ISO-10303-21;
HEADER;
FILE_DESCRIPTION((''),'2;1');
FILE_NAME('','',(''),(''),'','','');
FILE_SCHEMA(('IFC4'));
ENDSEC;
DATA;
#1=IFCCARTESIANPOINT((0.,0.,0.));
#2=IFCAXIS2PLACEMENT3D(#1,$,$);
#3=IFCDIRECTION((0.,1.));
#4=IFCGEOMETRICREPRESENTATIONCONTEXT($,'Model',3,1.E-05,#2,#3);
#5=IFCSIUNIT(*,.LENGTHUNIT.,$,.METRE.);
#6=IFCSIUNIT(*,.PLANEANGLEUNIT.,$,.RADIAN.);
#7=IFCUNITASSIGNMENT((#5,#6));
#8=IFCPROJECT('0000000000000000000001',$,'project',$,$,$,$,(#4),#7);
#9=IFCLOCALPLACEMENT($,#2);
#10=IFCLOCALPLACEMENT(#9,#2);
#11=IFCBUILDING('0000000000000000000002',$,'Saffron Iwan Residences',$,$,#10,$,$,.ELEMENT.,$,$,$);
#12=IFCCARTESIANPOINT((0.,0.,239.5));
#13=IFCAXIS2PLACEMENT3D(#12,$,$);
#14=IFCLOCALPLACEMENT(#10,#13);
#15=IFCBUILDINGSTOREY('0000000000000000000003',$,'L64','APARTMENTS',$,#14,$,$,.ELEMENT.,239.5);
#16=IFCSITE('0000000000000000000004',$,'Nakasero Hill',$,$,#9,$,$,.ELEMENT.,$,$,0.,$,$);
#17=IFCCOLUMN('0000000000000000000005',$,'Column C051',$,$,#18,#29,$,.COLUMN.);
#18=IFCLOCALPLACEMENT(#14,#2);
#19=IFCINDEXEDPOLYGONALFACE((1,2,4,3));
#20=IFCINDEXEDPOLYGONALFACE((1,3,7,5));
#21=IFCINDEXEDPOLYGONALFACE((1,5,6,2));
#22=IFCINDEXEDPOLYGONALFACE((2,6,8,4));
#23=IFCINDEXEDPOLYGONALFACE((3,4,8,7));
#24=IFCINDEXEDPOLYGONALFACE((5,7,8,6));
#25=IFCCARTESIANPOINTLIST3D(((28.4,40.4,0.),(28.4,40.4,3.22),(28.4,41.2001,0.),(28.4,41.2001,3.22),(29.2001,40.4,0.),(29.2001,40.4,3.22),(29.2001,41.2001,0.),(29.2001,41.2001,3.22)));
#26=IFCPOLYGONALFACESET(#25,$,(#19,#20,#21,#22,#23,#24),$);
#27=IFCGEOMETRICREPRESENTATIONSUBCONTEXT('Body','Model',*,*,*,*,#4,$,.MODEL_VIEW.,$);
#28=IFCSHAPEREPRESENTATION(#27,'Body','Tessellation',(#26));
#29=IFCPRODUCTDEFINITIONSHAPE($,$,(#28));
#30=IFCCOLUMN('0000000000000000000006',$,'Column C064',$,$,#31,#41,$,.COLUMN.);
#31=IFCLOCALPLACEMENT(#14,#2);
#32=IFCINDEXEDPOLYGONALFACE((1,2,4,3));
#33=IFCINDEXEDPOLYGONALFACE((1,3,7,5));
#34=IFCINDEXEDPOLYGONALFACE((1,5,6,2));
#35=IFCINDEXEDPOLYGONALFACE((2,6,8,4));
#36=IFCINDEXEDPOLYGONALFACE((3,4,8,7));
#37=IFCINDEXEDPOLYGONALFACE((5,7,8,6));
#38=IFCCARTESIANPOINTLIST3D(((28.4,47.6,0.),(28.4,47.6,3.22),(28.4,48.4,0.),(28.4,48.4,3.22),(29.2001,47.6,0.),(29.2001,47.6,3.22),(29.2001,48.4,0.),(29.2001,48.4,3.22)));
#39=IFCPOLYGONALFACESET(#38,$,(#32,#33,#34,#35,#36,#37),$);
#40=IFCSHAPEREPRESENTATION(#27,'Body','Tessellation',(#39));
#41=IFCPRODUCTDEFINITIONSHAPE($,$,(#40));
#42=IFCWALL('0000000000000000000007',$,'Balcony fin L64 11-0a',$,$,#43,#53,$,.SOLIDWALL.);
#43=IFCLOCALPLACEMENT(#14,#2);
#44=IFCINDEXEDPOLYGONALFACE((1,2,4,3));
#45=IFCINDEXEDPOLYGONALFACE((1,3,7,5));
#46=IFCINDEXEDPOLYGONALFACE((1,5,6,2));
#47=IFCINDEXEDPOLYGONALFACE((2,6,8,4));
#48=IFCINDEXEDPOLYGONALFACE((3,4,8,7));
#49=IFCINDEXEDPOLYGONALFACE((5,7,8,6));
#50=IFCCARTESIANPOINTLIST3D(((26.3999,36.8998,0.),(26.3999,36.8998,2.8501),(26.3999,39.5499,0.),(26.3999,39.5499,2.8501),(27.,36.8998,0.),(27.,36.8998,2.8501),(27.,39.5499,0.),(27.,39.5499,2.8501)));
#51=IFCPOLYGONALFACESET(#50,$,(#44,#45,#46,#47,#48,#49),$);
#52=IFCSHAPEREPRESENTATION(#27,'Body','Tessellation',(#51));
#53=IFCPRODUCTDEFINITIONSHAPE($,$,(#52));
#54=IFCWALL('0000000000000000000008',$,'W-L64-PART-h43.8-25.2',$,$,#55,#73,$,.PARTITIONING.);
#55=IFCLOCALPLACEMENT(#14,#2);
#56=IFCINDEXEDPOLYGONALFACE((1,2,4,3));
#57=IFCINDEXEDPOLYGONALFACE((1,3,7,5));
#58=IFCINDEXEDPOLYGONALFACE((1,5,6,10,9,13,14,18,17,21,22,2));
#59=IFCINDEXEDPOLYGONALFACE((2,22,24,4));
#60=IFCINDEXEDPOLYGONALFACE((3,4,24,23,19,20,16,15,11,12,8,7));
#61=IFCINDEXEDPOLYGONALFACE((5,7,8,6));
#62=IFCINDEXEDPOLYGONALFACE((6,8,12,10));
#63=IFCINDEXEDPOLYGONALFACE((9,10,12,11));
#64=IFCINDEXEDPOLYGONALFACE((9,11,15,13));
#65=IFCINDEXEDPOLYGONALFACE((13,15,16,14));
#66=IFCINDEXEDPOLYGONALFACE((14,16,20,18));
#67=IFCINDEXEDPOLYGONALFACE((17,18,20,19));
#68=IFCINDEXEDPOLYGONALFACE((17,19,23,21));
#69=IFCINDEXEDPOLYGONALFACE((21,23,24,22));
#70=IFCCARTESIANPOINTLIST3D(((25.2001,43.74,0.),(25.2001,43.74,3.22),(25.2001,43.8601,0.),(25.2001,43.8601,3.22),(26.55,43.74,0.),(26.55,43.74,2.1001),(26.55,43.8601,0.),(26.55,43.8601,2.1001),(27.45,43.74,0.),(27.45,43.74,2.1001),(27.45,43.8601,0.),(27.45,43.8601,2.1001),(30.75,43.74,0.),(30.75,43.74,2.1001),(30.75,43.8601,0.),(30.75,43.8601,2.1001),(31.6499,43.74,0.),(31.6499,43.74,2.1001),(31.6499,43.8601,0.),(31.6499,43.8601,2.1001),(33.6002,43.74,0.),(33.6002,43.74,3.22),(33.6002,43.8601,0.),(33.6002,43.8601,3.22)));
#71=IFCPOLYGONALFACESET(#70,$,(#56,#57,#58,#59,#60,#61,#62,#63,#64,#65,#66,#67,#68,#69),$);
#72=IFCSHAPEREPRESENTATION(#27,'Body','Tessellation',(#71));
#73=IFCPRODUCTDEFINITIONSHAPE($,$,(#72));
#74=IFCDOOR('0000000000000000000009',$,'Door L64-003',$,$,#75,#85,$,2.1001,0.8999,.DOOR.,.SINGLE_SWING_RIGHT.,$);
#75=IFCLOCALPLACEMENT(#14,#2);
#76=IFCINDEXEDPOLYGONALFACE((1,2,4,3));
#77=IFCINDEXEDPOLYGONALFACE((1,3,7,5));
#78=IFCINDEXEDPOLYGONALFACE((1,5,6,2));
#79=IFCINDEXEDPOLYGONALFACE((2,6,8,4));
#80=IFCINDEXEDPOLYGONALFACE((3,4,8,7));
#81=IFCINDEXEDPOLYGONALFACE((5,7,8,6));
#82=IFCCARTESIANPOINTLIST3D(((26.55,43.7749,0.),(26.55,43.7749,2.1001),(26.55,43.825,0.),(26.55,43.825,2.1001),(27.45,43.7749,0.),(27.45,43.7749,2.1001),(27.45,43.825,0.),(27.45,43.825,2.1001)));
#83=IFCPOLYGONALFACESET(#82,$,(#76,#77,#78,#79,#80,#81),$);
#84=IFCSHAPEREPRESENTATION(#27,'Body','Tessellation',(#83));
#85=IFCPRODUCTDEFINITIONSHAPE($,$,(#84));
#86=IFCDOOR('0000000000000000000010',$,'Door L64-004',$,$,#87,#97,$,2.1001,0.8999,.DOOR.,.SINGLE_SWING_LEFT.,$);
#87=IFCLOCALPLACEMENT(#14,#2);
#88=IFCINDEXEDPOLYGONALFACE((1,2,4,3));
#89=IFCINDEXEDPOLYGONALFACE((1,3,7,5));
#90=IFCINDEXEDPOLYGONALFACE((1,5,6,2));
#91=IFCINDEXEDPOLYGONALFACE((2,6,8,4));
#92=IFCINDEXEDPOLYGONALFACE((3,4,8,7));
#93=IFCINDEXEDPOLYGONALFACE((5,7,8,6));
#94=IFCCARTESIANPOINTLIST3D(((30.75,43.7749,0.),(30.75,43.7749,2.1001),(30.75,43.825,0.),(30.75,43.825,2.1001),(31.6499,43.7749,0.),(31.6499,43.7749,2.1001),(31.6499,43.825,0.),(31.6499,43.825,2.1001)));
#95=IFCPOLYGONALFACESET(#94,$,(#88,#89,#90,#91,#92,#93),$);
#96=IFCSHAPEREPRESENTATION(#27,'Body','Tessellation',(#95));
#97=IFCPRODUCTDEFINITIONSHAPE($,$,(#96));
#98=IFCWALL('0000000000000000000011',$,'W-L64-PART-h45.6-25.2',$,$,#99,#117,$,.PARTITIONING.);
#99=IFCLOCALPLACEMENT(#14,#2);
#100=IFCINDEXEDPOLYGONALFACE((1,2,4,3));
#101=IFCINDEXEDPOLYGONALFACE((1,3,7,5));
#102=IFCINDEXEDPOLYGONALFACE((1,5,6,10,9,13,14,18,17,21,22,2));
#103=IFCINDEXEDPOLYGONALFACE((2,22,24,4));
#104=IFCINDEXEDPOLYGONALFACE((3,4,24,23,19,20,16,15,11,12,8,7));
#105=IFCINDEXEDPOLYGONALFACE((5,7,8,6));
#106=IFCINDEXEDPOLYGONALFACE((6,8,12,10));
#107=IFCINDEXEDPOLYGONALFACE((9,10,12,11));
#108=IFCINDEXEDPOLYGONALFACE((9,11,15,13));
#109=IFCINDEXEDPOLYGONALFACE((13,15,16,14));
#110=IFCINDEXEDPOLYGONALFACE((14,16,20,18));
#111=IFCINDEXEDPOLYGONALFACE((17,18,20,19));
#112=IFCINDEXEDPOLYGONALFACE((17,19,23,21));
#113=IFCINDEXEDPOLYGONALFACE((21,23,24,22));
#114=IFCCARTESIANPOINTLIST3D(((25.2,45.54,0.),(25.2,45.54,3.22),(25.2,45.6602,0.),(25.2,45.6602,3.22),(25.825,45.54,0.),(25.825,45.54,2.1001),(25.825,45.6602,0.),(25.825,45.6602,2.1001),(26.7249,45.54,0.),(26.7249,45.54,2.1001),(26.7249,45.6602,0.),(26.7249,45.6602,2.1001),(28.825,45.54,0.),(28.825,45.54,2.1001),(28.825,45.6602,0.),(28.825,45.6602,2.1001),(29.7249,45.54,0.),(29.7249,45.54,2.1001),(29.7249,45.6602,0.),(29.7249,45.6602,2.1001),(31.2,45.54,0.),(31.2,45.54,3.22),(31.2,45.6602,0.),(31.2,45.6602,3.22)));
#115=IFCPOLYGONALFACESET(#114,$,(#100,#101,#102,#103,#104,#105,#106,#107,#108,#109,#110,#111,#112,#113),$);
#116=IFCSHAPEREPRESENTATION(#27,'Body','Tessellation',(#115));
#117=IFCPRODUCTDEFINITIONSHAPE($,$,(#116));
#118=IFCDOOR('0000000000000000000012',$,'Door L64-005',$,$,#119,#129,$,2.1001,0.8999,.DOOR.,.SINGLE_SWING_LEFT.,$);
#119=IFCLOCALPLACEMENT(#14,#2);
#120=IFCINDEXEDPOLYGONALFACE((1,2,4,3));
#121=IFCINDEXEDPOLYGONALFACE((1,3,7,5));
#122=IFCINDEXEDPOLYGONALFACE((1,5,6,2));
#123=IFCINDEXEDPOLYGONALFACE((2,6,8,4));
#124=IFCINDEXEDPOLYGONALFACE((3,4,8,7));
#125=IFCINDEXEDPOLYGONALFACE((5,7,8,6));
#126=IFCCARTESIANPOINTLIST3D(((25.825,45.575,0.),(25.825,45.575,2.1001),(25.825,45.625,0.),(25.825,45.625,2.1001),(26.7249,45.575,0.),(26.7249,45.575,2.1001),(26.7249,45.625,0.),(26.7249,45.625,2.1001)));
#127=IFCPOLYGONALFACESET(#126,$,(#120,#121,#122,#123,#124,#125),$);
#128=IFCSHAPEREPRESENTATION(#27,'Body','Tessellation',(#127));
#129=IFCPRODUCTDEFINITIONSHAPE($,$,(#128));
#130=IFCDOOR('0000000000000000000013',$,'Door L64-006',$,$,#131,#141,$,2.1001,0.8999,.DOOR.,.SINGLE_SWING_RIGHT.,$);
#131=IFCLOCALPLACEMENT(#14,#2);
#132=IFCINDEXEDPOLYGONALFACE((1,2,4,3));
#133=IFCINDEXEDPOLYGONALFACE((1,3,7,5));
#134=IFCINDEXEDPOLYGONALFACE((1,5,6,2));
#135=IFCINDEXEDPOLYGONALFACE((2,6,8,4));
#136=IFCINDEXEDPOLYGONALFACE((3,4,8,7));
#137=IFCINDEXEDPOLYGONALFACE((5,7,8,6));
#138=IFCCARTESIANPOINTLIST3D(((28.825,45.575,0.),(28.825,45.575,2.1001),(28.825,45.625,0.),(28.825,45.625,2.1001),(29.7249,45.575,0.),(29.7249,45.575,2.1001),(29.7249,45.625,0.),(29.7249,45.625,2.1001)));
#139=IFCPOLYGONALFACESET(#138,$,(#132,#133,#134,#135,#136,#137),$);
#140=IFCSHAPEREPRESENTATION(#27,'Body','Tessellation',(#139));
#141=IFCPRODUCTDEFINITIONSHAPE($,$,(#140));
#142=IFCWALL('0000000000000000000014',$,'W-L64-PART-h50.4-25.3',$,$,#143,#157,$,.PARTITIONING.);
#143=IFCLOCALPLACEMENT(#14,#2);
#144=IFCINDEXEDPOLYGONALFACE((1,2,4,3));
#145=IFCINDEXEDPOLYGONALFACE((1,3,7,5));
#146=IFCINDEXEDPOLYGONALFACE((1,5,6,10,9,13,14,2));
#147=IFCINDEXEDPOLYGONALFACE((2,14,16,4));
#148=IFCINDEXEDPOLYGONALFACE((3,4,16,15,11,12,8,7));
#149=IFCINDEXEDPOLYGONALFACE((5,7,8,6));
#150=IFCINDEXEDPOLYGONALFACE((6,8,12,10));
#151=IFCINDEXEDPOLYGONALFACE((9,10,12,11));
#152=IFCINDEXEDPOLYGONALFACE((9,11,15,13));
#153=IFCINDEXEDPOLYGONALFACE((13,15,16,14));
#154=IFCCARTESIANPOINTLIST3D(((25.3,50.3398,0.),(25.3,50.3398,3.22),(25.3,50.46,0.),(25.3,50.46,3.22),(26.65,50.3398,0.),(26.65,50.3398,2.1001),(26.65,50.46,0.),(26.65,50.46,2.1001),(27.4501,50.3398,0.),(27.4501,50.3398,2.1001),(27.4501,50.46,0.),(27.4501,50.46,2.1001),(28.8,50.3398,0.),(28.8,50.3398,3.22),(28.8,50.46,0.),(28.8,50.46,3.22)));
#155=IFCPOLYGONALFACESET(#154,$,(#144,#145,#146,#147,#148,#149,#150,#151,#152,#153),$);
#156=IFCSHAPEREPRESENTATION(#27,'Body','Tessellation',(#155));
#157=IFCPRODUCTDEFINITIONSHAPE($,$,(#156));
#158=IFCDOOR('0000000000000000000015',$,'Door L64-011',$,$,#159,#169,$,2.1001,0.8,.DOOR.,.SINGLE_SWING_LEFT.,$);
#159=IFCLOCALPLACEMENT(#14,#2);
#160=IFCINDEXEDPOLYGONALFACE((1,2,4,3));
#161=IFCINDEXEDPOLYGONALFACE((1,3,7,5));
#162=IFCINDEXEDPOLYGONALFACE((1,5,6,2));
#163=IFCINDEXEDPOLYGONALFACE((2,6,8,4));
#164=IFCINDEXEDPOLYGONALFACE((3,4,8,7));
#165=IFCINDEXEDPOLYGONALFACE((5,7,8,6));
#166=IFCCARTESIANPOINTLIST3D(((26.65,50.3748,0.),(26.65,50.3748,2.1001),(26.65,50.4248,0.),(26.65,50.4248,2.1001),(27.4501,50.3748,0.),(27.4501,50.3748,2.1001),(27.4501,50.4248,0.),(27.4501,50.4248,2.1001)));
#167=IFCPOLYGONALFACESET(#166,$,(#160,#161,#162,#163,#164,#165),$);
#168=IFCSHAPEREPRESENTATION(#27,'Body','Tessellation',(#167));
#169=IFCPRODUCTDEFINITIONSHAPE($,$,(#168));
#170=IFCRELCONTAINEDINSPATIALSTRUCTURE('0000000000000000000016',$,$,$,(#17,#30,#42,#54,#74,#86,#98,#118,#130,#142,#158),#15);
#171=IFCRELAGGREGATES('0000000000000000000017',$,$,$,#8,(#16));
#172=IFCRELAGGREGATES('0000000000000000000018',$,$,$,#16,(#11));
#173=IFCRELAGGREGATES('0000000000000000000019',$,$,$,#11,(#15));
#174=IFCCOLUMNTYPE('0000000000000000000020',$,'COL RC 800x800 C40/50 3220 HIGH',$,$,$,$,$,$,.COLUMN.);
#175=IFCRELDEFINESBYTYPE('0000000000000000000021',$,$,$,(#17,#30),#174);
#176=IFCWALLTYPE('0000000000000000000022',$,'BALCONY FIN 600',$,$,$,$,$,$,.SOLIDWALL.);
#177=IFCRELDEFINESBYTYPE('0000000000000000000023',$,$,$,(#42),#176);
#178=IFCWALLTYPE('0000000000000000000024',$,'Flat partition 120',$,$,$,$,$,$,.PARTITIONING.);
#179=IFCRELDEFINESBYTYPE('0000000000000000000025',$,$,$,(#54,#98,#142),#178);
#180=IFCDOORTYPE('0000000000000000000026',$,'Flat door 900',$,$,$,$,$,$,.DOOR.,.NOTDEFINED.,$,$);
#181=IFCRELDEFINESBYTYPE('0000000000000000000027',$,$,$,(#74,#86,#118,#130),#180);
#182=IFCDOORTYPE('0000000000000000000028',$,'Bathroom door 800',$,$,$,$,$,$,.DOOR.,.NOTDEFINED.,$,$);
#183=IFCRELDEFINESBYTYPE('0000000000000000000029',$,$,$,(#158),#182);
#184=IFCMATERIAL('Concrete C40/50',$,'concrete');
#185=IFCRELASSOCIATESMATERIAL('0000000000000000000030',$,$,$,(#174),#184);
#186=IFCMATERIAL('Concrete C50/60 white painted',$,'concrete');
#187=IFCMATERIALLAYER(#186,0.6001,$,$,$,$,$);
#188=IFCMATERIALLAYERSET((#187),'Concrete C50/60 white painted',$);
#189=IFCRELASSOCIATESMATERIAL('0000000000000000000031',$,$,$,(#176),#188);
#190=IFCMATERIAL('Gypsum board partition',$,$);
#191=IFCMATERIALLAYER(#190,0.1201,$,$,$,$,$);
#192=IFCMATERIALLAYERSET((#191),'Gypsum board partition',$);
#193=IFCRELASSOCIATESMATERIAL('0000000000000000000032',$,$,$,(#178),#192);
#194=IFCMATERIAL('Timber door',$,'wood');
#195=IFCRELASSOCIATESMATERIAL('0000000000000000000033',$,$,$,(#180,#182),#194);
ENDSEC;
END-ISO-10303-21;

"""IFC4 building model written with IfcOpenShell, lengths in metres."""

from ifc_helpers import new_model, si_unit, direction, frame, frame_2d, origin, origin_2d, place, context, subcontext, project, spatial, rectangle, extrude, source, transform, mapped, material, layer, layer_set, material_profile, profile_set, type_object, element, fill, save


model = new_model("IFC4")

# Units and contexts
model_context = context("Model", 3, precision=1e-05, world=origin(), true_north=direction((0.0, 1.0)))
body_context = subcontext(model_context, "Body", "Model", "MODEL_VIEW")
ifc_project = project(units=[si_unit("LENGTHUNIT", "METRE"), si_unit("PLANEANGLEUNIT", "RADIAN")], contexts=[model_context])

# Site, building, storey
site_placement = place(None, origin())
site = spatial("IfcSite", under=ifc_project, at=site_placement, Name="Nakasero Hill", CompositionType="ELEMENT", RefElevation=0.0)
building_placement = place(site_placement, origin())
building = spatial("IfcBuilding", under=site, at=building_placement, Name="Saffron Iwan Residences", CompositionType="ELEMENT")
storey_placement = place(building_placement, frame((0.0, 0.0, 239.5)))
storey = spatial("IfcBuildingStorey", under=building, at=storey_placement, Name="L64", Description="APARTMENTS", CompositionType="ELEMENT", Elevation=239.5)

# Columns
ifc_material_1 = material(Name="Concrete C40/50", Category="concrete")
ifc_material_profile = material_profile(ifc_material_1, rectangle(XDim=0.8, YDim=0.8, at=origin_2d()), Name="RC 800x800")
ifc_profile_set = profile_set([ifc_material_profile], Name="Concrete C40/50")
column_type = type_object("IfcColumnType", Name="COL RC 800x800 C40/50 3220 HIGH", PredefinedType="COLUMN", material=ifc_profile_set)
shared_shape = source(origin(), body_context, "Body", "SweptSolid", [
    extrude(rectangle(XDim=0.8, YDim=0.8, at=origin_2d()), origin(), (0.0, 0.0, 1.0), 3.22),
])
for number, where, z_axis, x_axis, name in (
    (1, (28.8, 40.8, 0.0), (0.0, 0.0, 1.0), (1.0, 0.0, 0.0), "Column C051"),
    (2, (28.8, 48.0, 0.0), (0.0, 0.0, 1.0), (1.0, 0.0, 0.0), "Column C064"),
):
    element("IfcColumn", number, at=place(storey_placement, frame(where, z_axis=z_axis, x_axis=x_axis)), inside=storey, type_object=column_type, Name=name, PredefinedType="COLUMN", context=body_context, shape_type="MappedRepresentation", body=[
        mapped(shared_shape, transform((0.0, 0.0, 0.0))),
    ])

# Wall
ifc_material_2 = material(Name="Concrete C50/60 white painted", Category="concrete")
ifc_layer_1 = layer(ifc_material_2, 0.6001)
ifc_layer_set_1 = layer_set([ifc_layer_1], Name="Concrete C50/60 white painted")
wall_type_1 = type_object("IfcWallType", Name="BALCONY FIN 600", PredefinedType="SOLIDWALL", material=ifc_layer_set_1)
wall_1_placement = place(storey_placement, frame((26.7, 39.55, 0.0), z_axis=(0.0, 0.0, 1.0), x_axis=(0.0, -1.0, 0.0)))
element("IfcWall", 3, at=wall_1_placement, inside=storey, type_object=wall_type_1, Name="Balcony fin L64 11-0a", PredefinedType="SOLIDWALL", context=body_context, shape_type="SweptSolid", body=[
    extrude(rectangle(XDim=2.6501, YDim=0.6001, at=frame_2d((1.3252, 0.0))), origin(), (0.0, 0.0, 1.0), 2.8501),
])

# Walls, openings, doors
ifc_material_3 = material(Name="Gypsum board partition")
ifc_layer_2 = layer(ifc_material_3, 0.1201)
ifc_layer_set_2 = layer_set([ifc_layer_2], Name="Gypsum board partition")
wall_type_2 = type_object("IfcWallType", Name="Flat partition 120", PredefinedType="PARTITIONING", material=ifc_layer_set_2)
wall_2_placement = place(storey_placement, frame((25.2, 43.8, 0.0), z_axis=(0.0, 0.0, 1.0), x_axis=(1.0, 0.0, 0.0)))
wall_2 = element("IfcWall", 4, at=wall_2_placement, inside=storey, type_object=wall_type_2, Name="W-L64-PART-h43.8-25.2", PredefinedType="PARTITIONING", context=body_context, shape_type="SweptSolid", body=[
    extrude(rectangle(XDim=8.4001, YDim=0.1201, at=frame_2d((4.2002, 0.0))), origin(), (0.0, 0.0, 1.0), 3.22),
])
opening_1_placement = place(wall_2_placement, frame((1.3501, 0.0, 0.0)))
opening_1 = element("IfcOpeningElement", 5, at=opening_1_placement, cuts=wall_2, PredefinedType="OPENING", context=body_context, shape_type="SweptSolid", body=[
    extrude(rectangle(XDim=0.8999, YDim=2.1001, at=frame_2d((0.45, 1.05))), frame((0.0, 0.0701, 0.0), z_axis=(0.0, -1.0, 0.0), x_axis=(1.0, 0.0, 0.0)), (0.0, 0.0, 1.0), 0.1401),
])
opening_2_placement = place(wall_2_placement, frame((5.55, 0.0, 0.0)))
opening_2 = element("IfcOpeningElement", 6, at=opening_2_placement, cuts=wall_2, PredefinedType="OPENING", context=body_context, shape_type="SweptSolid", body=[
    extrude(rectangle(XDim=0.8999, YDim=2.1001, at=frame_2d((0.45, 1.05))), frame((0.0, 0.0701, 0.0), z_axis=(0.0, -1.0, 0.0), x_axis=(1.0, 0.0, 0.0)), (0.0, 0.0, 1.0), 0.1401),
])
ifc_material_4 = material(Name="Timber door", Category="wood")
door_type_1 = type_object("IfcDoorType", Name="Flat door 900", OperationType="NOTDEFINED", PredefinedType="DOOR", material=ifc_material_4)
door_1_placement = place(opening_1_placement, origin())
door_1 = element("IfcDoor", 7, at=door_1_placement, inside=storey, type_object=door_type_1, Name="Door L64-003", OperationType="SINGLE_SWING_RIGHT", OverallHeight=2.1001, OverallWidth=0.8999, PredefinedType="DOOR", context=body_context, shape_type="SweptSolid", body=[
    extrude(rectangle(XDim=0.8999, YDim=2.1001, at=frame_2d((0.45, 1.05))), frame((0.0, 0.0249, 0.0), z_axis=(0.0, -1.0, 0.0), x_axis=(1.0, 0.0, 0.0)), (0.0, 0.0, 1.0), 0.05),
])
fill(opening_1, door_1)
door_2_placement = place(opening_2_placement, origin())
door_2 = element("IfcDoor", 8, at=door_2_placement, inside=storey, type_object=door_type_1, Name="Door L64-004", OperationType="SINGLE_SWING_LEFT", OverallHeight=2.1001, OverallWidth=0.8999, PredefinedType="DOOR", context=body_context, shape_type="SweptSolid", body=[
    extrude(rectangle(XDim=0.8999, YDim=2.1001, at=frame_2d((0.45, 1.05))), frame((0.0, 0.0249, 0.0), z_axis=(0.0, -1.0, 0.0), x_axis=(1.0, 0.0, 0.0)), (0.0, 0.0, 1.0), 0.05),
])
fill(opening_2, door_2)
wall_3_placement = place(storey_placement, frame((25.2, 45.6001, 0.0), z_axis=(0.0, 0.0, 1.0), x_axis=(1.0, 0.0, 0.0)))
wall_3 = element("IfcWall", 9, at=wall_3_placement, inside=storey, type_object=wall_type_2, Name="W-L64-PART-h45.6-25.2", PredefinedType="PARTITIONING", context=body_context, shape_type="SweptSolid", body=[
    extrude(rectangle(XDim=6.0, YDim=0.1201, at=frame_2d((3.0, 0.0))), origin(), (0.0, 0.0, 1.0), 3.22),
])
opening_3_placement = place(wall_3_placement, frame((0.625, 0.0, 0.0)))
opening_3 = element("IfcOpeningElement", 10, at=opening_3_placement, cuts=wall_3, PredefinedType="OPENING", context=body_context, shape_type="SweptSolid", body=[
    extrude(rectangle(XDim=0.8999, YDim=2.1001, at=frame_2d((0.45, 1.05))), frame((0.0, 0.0701, 0.0), z_axis=(0.0, -1.0, 0.0), x_axis=(1.0, 0.0, 0.0)), (0.0, 0.0, 1.0), 0.1401),
])
opening_4_placement = place(wall_3_placement, frame((3.625, 0.0, 0.0)))
opening_4 = element("IfcOpeningElement", 11, at=opening_4_placement, cuts=wall_3, PredefinedType="OPENING", context=body_context, shape_type="SweptSolid", body=[
    extrude(rectangle(XDim=0.8999, YDim=2.1001, at=frame_2d((0.45, 1.05))), frame((0.0, 0.0701, 0.0), z_axis=(0.0, -1.0, 0.0), x_axis=(1.0, 0.0, 0.0)), (0.0, 0.0, 1.0), 0.1401),
])
door_3_placement = place(opening_3_placement, origin())
door_3 = element("IfcDoor", 12, at=door_3_placement, inside=storey, type_object=door_type_1, Name="Door L64-005", OperationType="SINGLE_SWING_LEFT", OverallHeight=2.1001, OverallWidth=0.8999, PredefinedType="DOOR", context=body_context, shape_type="SweptSolid", body=[
    extrude(rectangle(XDim=0.8999, YDim=2.1001, at=frame_2d((0.45, 1.05))), frame((0.0, 0.0249, 0.0), z_axis=(0.0, -1.0, 0.0), x_axis=(1.0, 0.0, 0.0)), (0.0, 0.0, 1.0), 0.05),
])
fill(opening_3, door_3)
door_4_placement = place(opening_4_placement, origin())
door_4 = element("IfcDoor", 13, at=door_4_placement, inside=storey, type_object=door_type_1, Name="Door L64-006", OperationType="SINGLE_SWING_RIGHT", OverallHeight=2.1001, OverallWidth=0.8999, PredefinedType="DOOR", context=body_context, shape_type="SweptSolid", body=[
    extrude(rectangle(XDim=0.8999, YDim=2.1001, at=frame_2d((0.45, 1.05))), frame((0.0, 0.0249, 0.0), z_axis=(0.0, -1.0, 0.0), x_axis=(1.0, 0.0, 0.0)), (0.0, 0.0, 1.0), 0.05),
])
fill(opening_4, door_4)

# Wall, opening, door
wall_4_placement = place(storey_placement, frame((25.3, 50.3999, 0.0), z_axis=(0.0, 0.0, 1.0), x_axis=(1.0, 0.0, 0.0)))
wall_4 = element("IfcWall", 14, at=wall_4_placement, inside=storey, type_object=wall_type_2, Name="W-L64-PART-h50.4-25.3", PredefinedType="PARTITIONING", context=body_context, shape_type="SweptSolid", body=[
    extrude(rectangle(XDim=3.5, YDim=0.1201, at=frame_2d((1.75, 0.0))), origin(), (0.0, 0.0, 1.0), 3.22),
])
opening_5_placement = place(wall_4_placement, frame((1.3501, 0.0, 0.0)))
opening_5 = element("IfcOpeningElement", 15, at=opening_5_placement, cuts=wall_4, PredefinedType="OPENING", context=body_context, shape_type="SweptSolid", body=[
    extrude(rectangle(XDim=0.8, YDim=2.1001, at=frame_2d((0.3999, 1.05))), frame((0.0, 0.0701, 0.0), z_axis=(0.0, -1.0, 0.0), x_axis=(1.0, 0.0, 0.0)), (0.0, 0.0, 1.0), 0.1401),
])
door_type_2 = type_object("IfcDoorType", Name="Bathroom door 800", OperationType="NOTDEFINED", PredefinedType="DOOR", material=ifc_material_4)
door_5_placement = place(opening_5_placement, origin())
door_5 = element("IfcDoor", 16, at=door_5_placement, inside=storey, type_object=door_type_2, Name="Door L64-011", OperationType="SINGLE_SWING_LEFT", OverallHeight=2.1001, OverallWidth=0.8, PredefinedType="DOOR", context=body_context, shape_type="SweptSolid", body=[
    extrude(rectangle(XDim=0.8, YDim=2.1001, at=frame_2d((0.3999, 1.05))), frame((0.0, 0.0249, 0.0), z_axis=(0.0, -1.0, 0.0), x_axis=(1.0, 0.0, 0.0)), (0.0, 0.0, 1.0), 0.05),
])
fill(opening_5, door_5)

save(model, "model.ifc")
